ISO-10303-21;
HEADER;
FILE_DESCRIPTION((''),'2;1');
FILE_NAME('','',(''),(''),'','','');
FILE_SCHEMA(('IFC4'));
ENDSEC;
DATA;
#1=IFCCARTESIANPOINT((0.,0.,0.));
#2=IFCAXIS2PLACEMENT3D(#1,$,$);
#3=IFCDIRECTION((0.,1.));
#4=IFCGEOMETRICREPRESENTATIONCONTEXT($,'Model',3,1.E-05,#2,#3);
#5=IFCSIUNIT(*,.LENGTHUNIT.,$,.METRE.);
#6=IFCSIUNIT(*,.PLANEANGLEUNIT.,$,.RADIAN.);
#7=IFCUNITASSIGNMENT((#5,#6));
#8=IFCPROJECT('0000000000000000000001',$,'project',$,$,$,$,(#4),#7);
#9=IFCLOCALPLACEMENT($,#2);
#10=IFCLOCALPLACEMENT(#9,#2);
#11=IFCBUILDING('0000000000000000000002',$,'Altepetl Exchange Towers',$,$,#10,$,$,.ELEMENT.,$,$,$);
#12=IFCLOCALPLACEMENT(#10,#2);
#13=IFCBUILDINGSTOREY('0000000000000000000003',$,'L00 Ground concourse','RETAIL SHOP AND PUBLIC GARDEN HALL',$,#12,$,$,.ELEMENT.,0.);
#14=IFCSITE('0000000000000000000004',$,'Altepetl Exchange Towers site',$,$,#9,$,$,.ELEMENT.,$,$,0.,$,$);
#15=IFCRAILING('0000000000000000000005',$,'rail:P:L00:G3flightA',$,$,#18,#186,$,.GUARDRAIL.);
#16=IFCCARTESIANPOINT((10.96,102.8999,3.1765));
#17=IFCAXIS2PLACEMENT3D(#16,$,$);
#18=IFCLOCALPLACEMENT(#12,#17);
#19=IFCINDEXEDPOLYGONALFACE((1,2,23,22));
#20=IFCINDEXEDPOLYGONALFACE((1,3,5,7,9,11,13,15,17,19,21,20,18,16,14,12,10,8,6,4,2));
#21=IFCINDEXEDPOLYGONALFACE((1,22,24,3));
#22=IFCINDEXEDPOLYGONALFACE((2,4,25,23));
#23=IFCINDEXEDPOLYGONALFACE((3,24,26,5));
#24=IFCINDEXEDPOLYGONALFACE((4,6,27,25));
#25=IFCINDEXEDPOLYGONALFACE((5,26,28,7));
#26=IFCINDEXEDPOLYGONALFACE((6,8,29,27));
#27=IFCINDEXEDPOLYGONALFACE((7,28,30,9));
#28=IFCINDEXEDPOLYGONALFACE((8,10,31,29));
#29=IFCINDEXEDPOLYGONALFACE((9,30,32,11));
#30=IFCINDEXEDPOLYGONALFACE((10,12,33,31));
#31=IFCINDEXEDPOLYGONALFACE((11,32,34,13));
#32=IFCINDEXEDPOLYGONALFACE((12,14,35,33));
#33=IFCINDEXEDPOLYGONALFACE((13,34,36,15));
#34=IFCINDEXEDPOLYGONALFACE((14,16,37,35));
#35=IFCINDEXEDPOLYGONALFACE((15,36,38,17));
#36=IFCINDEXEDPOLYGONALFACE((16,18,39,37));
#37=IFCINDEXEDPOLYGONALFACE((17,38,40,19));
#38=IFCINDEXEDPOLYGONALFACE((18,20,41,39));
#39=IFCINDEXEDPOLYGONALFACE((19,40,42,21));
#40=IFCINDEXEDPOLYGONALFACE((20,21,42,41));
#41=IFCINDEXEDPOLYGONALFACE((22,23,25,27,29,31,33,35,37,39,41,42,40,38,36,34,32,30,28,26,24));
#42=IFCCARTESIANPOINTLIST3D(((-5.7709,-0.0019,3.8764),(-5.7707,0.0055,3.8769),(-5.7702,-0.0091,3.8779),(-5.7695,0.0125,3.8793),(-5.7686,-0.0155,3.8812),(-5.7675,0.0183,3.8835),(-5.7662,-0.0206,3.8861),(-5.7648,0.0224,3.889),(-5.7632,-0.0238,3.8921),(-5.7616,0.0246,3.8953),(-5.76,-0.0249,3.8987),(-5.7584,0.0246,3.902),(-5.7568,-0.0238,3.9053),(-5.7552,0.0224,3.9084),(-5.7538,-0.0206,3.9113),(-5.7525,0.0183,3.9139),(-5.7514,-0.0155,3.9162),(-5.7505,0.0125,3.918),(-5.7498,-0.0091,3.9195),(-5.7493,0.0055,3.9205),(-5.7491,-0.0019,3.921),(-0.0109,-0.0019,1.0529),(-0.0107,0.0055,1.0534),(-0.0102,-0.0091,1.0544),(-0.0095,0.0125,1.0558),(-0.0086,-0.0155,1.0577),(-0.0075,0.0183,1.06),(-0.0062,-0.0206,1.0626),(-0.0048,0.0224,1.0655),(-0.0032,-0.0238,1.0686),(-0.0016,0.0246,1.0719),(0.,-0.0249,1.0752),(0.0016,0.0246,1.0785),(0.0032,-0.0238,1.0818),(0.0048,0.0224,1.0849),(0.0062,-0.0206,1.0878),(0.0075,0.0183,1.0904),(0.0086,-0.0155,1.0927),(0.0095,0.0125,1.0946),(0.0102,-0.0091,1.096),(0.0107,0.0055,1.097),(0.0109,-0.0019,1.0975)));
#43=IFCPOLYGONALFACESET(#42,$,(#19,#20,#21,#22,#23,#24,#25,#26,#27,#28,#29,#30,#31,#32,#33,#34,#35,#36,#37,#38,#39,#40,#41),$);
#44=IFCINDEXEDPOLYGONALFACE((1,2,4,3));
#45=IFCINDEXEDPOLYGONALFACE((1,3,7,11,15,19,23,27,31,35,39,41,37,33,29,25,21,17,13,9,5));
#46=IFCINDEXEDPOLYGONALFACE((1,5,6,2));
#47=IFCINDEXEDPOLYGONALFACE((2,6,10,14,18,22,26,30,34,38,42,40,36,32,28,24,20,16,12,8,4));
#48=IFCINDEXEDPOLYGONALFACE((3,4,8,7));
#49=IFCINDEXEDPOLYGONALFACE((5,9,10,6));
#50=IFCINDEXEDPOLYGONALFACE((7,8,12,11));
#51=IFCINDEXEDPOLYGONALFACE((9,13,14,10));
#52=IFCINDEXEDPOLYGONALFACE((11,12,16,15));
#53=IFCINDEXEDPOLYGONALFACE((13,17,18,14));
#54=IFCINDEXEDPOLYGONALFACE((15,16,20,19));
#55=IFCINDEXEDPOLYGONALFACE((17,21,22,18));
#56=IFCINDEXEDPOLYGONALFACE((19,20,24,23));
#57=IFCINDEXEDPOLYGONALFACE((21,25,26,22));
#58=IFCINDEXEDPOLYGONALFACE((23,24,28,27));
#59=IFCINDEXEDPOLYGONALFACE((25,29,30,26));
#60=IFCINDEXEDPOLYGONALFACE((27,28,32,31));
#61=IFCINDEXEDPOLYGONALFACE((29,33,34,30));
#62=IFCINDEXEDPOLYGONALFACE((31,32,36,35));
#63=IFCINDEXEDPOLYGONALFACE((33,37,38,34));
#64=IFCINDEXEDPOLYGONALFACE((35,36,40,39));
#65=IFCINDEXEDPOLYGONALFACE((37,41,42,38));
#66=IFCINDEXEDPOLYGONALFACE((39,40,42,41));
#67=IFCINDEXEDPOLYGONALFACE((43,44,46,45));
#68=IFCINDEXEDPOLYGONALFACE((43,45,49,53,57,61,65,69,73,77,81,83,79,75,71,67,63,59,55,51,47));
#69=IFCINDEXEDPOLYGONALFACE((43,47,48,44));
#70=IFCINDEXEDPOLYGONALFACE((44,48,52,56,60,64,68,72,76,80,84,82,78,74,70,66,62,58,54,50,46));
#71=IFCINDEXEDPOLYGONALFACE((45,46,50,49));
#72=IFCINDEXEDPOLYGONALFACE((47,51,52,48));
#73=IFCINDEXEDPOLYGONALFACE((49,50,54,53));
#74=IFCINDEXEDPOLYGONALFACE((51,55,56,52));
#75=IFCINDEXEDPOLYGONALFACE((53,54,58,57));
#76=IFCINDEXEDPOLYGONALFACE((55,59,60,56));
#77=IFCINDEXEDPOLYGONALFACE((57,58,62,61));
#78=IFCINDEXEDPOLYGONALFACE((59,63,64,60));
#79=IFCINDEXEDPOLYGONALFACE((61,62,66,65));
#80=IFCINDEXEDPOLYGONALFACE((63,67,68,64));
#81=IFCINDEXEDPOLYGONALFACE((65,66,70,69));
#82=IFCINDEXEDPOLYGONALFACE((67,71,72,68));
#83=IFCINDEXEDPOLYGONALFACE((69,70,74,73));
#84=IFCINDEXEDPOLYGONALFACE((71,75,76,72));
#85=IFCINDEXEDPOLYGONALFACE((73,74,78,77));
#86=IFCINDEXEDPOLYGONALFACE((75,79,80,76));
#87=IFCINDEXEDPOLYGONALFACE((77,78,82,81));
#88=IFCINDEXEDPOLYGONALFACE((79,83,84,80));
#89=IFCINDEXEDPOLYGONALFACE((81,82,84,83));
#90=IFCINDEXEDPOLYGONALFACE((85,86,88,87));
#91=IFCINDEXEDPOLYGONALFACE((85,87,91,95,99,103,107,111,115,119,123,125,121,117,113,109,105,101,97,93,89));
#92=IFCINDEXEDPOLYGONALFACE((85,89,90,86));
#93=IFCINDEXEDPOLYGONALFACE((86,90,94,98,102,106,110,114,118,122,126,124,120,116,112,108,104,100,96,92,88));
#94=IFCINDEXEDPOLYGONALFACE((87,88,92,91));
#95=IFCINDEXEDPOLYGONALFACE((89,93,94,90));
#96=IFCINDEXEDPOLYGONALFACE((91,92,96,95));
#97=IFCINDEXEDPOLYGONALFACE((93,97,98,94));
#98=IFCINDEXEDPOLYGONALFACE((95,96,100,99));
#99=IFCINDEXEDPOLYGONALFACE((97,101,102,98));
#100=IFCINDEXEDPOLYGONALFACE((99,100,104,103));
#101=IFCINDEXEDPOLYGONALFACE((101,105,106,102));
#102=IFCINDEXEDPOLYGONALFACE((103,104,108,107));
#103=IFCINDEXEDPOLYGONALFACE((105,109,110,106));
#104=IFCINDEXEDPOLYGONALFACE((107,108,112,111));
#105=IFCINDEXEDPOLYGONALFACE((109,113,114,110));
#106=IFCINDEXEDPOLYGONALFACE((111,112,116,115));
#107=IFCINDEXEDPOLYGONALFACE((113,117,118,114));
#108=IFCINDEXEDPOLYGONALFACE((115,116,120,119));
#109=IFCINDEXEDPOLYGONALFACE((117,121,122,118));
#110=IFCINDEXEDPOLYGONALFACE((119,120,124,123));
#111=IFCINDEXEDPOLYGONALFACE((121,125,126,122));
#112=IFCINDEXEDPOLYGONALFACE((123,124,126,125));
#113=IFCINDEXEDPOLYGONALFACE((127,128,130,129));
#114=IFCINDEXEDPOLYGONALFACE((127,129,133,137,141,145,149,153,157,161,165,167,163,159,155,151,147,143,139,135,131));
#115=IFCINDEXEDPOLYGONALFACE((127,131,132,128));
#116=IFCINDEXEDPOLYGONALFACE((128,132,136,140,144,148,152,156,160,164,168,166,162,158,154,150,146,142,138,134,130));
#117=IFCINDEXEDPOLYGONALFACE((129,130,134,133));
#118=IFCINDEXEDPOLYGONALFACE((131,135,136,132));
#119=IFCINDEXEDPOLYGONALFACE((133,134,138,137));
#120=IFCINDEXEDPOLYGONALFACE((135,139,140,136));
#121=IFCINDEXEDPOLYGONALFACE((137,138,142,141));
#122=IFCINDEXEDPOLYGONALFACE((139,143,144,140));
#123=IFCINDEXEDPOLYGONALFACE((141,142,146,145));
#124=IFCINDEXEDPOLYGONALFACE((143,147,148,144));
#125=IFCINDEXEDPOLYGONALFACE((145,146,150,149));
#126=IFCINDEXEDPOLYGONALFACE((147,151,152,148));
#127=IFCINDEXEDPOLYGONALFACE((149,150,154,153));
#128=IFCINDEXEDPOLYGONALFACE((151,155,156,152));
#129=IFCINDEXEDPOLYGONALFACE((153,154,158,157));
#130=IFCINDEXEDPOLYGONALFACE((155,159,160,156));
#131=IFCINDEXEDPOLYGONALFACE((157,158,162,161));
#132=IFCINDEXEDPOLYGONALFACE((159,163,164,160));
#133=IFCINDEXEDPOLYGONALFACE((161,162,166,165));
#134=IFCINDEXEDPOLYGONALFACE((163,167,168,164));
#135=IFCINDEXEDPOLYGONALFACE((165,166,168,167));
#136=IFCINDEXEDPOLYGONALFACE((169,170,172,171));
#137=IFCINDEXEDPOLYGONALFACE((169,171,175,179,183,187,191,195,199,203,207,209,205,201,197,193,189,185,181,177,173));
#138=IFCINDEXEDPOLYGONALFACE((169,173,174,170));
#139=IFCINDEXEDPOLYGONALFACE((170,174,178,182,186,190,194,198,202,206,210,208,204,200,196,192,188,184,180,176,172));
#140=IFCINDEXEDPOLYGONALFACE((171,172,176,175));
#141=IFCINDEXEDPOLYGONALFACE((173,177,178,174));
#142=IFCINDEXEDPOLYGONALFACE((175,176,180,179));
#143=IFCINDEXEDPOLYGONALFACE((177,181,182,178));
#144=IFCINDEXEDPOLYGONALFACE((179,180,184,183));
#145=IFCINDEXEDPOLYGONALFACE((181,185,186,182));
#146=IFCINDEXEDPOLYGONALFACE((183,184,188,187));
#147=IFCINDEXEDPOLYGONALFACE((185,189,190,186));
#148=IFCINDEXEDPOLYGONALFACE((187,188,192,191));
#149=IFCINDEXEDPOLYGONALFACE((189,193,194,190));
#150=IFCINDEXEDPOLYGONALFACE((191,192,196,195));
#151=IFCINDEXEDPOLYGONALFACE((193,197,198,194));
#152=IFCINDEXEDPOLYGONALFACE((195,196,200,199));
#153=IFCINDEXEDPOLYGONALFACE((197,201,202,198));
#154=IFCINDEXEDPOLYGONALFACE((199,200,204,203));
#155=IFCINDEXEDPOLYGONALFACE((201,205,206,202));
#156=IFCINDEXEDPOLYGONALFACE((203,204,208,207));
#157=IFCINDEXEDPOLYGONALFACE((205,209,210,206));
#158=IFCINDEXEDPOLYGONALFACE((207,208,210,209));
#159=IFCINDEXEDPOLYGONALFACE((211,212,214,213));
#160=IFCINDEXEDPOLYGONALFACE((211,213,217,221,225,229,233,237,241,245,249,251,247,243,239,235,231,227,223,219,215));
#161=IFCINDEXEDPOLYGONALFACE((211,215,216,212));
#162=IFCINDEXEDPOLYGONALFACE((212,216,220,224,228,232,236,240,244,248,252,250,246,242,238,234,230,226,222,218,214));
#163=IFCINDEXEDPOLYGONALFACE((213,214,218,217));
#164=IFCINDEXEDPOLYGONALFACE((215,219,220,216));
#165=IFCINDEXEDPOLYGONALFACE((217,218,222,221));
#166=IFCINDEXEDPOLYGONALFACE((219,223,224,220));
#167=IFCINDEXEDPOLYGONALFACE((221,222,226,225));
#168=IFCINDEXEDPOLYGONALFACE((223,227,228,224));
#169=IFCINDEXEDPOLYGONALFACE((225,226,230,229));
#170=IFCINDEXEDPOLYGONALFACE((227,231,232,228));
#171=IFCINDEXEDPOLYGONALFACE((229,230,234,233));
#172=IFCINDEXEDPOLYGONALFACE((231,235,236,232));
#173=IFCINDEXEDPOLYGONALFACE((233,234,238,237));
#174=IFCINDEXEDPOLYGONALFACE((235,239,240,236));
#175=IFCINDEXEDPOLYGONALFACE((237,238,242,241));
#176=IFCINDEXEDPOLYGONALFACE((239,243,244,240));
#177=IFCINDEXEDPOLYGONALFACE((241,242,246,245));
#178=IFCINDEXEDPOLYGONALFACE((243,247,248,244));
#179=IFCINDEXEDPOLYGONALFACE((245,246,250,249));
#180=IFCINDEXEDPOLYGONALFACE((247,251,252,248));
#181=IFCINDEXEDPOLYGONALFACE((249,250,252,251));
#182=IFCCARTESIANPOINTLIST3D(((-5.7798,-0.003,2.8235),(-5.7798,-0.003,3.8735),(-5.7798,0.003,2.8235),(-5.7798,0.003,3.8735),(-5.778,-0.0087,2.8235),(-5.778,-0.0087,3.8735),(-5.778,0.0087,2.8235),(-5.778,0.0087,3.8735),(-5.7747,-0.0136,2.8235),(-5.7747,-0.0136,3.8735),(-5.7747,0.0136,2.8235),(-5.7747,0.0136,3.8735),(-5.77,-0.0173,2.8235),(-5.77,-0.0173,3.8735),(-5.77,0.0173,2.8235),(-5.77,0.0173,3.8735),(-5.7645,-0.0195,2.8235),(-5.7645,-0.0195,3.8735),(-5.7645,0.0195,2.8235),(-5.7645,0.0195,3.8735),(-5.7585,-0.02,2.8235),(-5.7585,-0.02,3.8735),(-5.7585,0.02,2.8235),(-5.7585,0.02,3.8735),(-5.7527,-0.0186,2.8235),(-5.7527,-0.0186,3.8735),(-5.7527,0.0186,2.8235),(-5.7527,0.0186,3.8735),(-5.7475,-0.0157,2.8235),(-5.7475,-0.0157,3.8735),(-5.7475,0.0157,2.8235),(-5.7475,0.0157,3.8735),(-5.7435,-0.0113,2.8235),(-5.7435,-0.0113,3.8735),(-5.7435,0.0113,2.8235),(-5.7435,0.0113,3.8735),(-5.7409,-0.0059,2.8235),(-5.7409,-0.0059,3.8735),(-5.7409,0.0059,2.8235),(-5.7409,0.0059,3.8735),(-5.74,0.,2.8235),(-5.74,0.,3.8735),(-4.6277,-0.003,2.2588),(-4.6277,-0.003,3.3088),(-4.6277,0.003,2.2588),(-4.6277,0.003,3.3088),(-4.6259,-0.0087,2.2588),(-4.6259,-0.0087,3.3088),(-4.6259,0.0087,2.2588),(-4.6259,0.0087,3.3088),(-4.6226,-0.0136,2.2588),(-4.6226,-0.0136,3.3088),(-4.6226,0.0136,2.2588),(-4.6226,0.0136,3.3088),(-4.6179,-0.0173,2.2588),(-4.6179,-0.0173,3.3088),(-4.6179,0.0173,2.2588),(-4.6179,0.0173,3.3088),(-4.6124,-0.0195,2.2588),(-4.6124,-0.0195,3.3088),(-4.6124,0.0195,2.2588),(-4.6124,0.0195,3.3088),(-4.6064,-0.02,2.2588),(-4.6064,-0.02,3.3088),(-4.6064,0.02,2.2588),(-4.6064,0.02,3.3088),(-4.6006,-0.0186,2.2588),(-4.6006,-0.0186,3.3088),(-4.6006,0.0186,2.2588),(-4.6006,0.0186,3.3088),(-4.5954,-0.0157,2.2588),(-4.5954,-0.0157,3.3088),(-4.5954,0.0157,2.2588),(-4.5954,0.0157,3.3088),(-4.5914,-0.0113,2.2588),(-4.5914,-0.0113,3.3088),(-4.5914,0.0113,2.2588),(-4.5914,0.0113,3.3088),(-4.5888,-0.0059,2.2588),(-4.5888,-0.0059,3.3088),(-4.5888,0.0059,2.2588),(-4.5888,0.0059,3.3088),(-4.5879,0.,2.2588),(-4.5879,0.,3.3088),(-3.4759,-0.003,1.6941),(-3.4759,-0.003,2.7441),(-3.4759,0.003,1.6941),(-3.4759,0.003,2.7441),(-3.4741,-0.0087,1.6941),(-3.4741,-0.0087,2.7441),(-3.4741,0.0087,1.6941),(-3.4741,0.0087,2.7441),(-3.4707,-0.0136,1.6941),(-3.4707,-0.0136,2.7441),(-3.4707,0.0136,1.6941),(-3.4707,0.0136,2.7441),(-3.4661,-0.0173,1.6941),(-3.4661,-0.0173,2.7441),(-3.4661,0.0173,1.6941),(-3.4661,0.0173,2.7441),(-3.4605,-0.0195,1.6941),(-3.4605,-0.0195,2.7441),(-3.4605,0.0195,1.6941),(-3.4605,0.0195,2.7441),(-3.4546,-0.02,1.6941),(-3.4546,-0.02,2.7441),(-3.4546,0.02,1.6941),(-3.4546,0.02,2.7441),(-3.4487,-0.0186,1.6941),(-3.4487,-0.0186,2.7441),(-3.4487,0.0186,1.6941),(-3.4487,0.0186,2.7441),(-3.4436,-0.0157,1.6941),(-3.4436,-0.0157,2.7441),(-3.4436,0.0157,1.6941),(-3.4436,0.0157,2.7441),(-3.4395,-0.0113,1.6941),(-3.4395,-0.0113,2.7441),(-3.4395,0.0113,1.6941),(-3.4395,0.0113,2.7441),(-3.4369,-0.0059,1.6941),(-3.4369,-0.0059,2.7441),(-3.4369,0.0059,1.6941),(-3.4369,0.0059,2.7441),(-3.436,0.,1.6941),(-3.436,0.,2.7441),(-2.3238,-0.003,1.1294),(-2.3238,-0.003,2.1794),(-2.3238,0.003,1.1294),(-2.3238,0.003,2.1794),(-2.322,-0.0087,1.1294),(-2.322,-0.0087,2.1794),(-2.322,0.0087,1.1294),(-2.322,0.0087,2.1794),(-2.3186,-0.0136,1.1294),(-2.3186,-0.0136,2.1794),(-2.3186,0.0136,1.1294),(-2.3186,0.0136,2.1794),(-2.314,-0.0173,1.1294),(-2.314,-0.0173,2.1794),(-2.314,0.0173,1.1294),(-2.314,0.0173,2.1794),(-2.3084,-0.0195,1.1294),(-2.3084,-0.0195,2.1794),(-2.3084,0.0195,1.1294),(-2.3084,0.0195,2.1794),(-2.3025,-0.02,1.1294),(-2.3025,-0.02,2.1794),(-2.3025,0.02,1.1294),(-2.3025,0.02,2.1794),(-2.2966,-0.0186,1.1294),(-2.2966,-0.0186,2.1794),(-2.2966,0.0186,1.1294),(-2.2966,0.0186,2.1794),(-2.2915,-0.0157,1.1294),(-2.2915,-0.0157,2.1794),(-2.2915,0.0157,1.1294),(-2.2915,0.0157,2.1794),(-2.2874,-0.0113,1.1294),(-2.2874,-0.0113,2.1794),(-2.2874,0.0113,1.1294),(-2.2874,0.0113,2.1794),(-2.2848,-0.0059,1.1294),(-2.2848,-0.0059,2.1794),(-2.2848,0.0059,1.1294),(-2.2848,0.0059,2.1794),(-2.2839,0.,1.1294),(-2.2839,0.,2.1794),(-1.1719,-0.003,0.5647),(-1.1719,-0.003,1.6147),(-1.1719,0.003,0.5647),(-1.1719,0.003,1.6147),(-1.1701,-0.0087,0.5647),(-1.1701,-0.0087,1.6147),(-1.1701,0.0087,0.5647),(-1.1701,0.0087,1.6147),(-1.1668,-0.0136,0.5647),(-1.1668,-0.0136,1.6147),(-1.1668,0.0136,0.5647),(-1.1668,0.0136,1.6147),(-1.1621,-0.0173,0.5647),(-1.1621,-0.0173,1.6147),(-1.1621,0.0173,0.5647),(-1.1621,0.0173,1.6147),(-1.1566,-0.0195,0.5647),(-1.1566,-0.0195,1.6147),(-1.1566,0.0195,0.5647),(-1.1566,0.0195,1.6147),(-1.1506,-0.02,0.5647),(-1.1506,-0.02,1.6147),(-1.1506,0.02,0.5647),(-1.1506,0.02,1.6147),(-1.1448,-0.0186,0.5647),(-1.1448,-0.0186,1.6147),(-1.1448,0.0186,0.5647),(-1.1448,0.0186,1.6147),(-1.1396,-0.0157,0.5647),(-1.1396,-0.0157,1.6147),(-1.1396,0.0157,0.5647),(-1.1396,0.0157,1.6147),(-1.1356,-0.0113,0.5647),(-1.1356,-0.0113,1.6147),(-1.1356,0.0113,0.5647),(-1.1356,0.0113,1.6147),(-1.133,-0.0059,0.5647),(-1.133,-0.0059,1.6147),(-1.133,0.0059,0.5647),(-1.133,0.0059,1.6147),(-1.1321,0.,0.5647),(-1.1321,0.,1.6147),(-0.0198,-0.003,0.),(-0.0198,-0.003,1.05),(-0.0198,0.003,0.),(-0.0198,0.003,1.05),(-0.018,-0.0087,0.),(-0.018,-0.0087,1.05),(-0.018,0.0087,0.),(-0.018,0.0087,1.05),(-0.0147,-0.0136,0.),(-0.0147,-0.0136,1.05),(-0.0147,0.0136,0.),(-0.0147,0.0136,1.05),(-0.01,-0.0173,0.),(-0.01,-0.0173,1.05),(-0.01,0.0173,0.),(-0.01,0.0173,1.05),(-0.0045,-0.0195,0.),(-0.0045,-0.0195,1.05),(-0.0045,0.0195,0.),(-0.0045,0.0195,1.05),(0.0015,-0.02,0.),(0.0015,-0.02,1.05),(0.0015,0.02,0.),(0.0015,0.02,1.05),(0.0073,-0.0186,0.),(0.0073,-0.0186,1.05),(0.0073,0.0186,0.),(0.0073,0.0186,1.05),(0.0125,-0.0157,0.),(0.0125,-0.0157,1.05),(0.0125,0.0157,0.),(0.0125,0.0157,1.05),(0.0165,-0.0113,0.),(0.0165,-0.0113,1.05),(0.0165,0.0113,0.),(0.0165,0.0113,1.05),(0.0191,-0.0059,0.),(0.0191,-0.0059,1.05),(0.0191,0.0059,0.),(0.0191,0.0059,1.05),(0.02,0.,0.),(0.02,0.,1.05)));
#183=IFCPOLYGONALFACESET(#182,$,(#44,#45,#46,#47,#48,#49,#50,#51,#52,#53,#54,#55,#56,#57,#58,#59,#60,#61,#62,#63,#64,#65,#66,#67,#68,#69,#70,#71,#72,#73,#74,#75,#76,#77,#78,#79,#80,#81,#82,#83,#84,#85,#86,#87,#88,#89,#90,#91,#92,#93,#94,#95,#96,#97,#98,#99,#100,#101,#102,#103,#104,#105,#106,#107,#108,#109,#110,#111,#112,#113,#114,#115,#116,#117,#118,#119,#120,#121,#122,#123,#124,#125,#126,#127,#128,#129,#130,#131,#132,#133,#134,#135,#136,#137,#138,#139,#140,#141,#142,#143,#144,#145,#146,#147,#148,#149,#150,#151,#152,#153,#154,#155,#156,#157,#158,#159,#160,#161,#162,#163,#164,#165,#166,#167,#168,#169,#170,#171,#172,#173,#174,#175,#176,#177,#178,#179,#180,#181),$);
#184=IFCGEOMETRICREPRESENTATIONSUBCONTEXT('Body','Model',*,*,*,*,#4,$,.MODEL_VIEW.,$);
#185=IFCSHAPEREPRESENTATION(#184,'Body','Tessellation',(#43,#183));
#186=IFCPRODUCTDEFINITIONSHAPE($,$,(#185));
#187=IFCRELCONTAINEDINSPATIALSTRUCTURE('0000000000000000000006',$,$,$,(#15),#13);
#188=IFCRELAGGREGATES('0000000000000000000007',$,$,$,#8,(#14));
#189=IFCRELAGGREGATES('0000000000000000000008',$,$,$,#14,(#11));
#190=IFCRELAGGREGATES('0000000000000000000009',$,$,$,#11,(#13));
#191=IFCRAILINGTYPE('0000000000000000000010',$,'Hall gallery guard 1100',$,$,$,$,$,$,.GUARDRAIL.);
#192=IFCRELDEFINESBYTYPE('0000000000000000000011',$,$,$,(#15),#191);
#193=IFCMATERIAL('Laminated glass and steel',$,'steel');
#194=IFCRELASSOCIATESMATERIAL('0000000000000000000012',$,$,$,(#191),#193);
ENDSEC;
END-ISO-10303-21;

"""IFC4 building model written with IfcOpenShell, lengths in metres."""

from ifc_helpers import new_model, si_unit, direction, frame, origin, origin_2d, place, context, subcontext, project, spatial, circle, extrude, source, transform, mapped, material, type_object, element, save


model = new_model("IFC4")

# Units and contexts
model_context = context("Model", 3, precision=1e-05, world=origin(), true_north=direction((0.0, 1.0)))
body_context = subcontext(model_context, "Body", "Model", "MODEL_VIEW")
ifc_project = project(units=[si_unit("LENGTHUNIT", "METRE"), si_unit("PLANEANGLEUNIT", "RADIAN")], contexts=[model_context])

# Site, building, storey
site_placement = place(None, origin())
site = spatial("IfcSite", under=ifc_project, at=site_placement, Name="Altepetl Exchange Towers site", CompositionType="ELEMENT", RefElevation=0.0)
building_placement = place(site_placement, origin())
building = spatial("IfcBuilding", under=site, at=building_placement, Name="Altepetl Exchange Towers", CompositionType="ELEMENT")
storey_placement = place(building_placement, origin())
storey = spatial("IfcBuildingStorey", under=building, at=storey_placement, Name="L00 Ground concourse", Description="RETAIL SHOP AND PUBLIC GARDEN HALL", CompositionType="ELEMENT", Elevation=0.0)

# Railing
ifc_material_1 = material(Name="Laminated glass and steel", Category="steel")
railing_type_1 = type_object("IfcRailingType", Name="Hall gallery guard 1100", PredefinedType="GUARDRAIL", material=ifc_material_1)
shared_shape_1 = source(origin(), body_context, "Body", "SweptSolid", [
    extrude(circle(Radius=0.02, at=origin_2d()), origin(), (0.0, 0.0, 1.0), 1.05),
])
for number, where, name in (
    (1, (10.96, 102.8999, 3.1765), "rail:P:L00:G3flightA"),
):
    element("IfcRailing", number, at=place(storey_placement, frame(where)), inside=storey, type_object=railing_type_1, Name=name, PredefinedType="GUARDRAIL", context=body_context, shape_type="SweptSolid", body=[
        extrude(circle(Radius=0.0249, at=origin_2d()), frame((0.0, 0.0, 1.0752), z_axis=(-0.897924, 0.0, 0.440151), x_axis=(0.0, -1.0, 0.0)), (0.0, 0.0, 1.0), 6.4148),
        mapped(shared_shape_1, transform((0.0, 0.0, 0.0))),
        mapped(shared_shape_1, transform((-1.1521, 0.0, 0.5647))),
        mapped(shared_shape_1, transform((-2.304, 0.0, 1.1294))),
        mapped(shared_shape_1, transform((-3.4561, 0.0, 1.6941))),
        mapped(shared_shape_1, transform((-4.6079, 0.0, 2.2588))),
        mapped(shared_shape_1, transform((-5.76, 0.0, 2.8235))),
    ])

save(model, "model.ifc")
